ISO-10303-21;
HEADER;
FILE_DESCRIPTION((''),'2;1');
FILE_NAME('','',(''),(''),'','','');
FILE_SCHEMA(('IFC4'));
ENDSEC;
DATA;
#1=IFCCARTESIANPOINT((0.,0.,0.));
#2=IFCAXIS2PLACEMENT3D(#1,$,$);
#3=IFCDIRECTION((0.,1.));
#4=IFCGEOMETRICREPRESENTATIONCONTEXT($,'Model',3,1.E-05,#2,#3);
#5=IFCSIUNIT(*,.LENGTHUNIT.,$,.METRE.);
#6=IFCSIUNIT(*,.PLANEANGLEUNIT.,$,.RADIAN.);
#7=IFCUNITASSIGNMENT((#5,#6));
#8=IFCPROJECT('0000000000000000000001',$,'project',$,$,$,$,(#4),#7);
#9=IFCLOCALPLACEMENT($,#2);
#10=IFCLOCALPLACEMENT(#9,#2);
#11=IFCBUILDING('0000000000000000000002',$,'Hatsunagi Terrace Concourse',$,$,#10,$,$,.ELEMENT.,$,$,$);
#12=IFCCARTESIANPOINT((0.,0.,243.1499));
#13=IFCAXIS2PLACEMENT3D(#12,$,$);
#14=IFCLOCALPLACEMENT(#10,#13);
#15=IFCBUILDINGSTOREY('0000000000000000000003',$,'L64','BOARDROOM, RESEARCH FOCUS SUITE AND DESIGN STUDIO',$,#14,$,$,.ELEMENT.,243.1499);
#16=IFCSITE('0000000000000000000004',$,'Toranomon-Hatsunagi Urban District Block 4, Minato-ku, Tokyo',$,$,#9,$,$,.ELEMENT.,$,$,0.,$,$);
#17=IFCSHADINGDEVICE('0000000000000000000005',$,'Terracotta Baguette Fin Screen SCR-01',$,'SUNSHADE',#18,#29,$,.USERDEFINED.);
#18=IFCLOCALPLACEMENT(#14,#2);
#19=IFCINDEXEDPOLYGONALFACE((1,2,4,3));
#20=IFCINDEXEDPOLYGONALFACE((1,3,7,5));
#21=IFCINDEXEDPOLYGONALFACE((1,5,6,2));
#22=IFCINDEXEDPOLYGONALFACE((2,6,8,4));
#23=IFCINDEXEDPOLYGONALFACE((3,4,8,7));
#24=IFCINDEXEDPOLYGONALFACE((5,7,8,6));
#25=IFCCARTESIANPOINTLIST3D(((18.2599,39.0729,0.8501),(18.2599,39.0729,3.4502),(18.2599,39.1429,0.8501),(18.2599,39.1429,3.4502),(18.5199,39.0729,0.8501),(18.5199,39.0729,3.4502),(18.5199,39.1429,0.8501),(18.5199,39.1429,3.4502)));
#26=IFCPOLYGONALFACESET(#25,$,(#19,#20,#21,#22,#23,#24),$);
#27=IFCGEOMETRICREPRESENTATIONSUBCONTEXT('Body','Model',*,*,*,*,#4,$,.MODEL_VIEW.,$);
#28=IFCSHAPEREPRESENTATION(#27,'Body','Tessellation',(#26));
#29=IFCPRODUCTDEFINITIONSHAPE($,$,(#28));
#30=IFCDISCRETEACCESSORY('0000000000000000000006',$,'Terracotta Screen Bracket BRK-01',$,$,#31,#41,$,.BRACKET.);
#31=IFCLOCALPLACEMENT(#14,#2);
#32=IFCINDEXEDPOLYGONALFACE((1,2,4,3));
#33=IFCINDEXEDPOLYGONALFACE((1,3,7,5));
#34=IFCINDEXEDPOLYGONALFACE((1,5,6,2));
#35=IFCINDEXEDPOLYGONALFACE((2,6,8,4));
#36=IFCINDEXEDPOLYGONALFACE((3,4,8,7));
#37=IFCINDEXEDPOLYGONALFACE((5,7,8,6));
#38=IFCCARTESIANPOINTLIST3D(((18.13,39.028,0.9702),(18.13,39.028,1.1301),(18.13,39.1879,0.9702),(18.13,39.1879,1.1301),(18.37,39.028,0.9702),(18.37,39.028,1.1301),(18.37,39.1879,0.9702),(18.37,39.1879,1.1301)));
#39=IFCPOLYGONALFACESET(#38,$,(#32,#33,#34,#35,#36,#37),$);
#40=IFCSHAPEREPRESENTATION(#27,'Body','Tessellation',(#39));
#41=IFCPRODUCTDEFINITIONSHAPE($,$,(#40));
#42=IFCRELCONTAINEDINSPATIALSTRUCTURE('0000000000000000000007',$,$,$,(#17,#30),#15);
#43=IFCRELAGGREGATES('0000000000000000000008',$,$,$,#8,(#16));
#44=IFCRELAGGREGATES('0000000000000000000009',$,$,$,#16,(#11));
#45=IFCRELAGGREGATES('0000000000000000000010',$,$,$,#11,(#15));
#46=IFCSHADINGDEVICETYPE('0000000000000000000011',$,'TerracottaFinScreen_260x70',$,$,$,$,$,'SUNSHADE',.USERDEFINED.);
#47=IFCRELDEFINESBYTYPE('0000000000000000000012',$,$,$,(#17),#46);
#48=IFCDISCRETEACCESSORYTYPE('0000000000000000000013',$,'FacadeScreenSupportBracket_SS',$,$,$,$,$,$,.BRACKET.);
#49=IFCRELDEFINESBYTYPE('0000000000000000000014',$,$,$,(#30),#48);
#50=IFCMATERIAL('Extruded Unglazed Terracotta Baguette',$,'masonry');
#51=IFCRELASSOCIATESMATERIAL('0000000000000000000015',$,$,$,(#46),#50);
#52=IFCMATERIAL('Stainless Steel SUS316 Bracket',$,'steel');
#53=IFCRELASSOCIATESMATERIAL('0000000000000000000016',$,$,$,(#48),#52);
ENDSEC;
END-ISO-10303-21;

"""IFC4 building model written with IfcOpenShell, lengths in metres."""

from ifc_helpers import new_model, si_unit, direction, frame, origin, origin_2d, place, context, subcontext, project, spatial, rectangle, extrude, material, type_object, element, save


model = new_model("IFC4")

# Units and contexts
model_context = context("Model", 3, precision=1e-05, world=origin(), true_north=direction((0.0, 1.0)))
body_context = subcontext(model_context, "Body", "Model", "MODEL_VIEW")
ifc_project = project(units=[si_unit("LENGTHUNIT", "METRE"), si_unit("PLANEANGLEUNIT", "RADIAN")], contexts=[model_context])

# Site, building, storey
site_placement = place(None, origin())
site = spatial("IfcSite", under=ifc_project, at=site_placement, Name="Toranomon-Hatsunagi Urban District Block 4, Minato-ku, Tokyo", CompositionType="ELEMENT", RefElevation=0.0)
building_placement = place(site_placement, origin())
building = spatial("IfcBuilding", under=site, at=building_placement, Name="Hatsunagi Terrace Concourse", CompositionType="ELEMENT")
storey_placement = place(building_placement, frame((0.0, 0.0, 243.1499)))
storey = spatial("IfcBuildingStorey", under=building, at=storey_placement, Name="L64", Description="BOARDROOM, RESEARCH FOCUS SUITE AND DESIGN STUDIO", CompositionType="ELEMENT", Elevation=243.1499)

# Shading device
ifc_material_1 = material(Name="Extruded Unglazed Terracotta Baguette", Category="masonry")
shading_device_type = type_object("IfcShadingDeviceType", Name="TerracottaFinScreen_260x70", ElementType="SUNSHADE", PredefinedType="USERDEFINED", material=ifc_material_1)
shading_device_placement = place(storey_placement, frame((18.3899, 39.1079, 0.8501), z_axis=(0.0, 0.0, 1.0), x_axis=(0.0, 1.0, 0.0)))
element("IfcShadingDevice", 1, at=shading_device_placement, inside=storey, type_object=shading_device_type, Name="Terracotta Baguette Fin Screen SCR-01", ObjectType="SUNSHADE", PredefinedType="USERDEFINED", context=body_context, shape_type="SweptSolid", body=[
    extrude(rectangle(XDim=0.0701, YDim=0.26, at=origin_2d()), origin(), (0.0, 0.0, 1.0), 2.6001),
])

# Discrete accessory
ifc_material_2 = material(Name="Stainless Steel SUS316 Bracket", Category="steel")
discrete_accessory_type = type_object("IfcDiscreteAccessoryType", Name="FacadeScreenSupportBracket_SS", PredefinedType="BRACKET", material=ifc_material_2)
discrete_accessory_placement = place(storey_placement, frame((18.25, 39.1079, 0.9702), z_axis=(0.0, 0.0, 1.0), x_axis=(0.0, 1.0, 0.0)))
element("IfcDiscreteAccessory", 2, at=discrete_accessory_placement, inside=storey, type_object=discrete_accessory_type, Name="Terracotta Screen Bracket BRK-01", PredefinedType="BRACKET", context=body_context, shape_type="SweptSolid", body=[
    extrude(rectangle(XDim=0.1599, YDim=0.24, at=origin_2d()), origin(), (0.0, 0.0, 1.0), 0.1599),
])

save(model, "model.ifc")
